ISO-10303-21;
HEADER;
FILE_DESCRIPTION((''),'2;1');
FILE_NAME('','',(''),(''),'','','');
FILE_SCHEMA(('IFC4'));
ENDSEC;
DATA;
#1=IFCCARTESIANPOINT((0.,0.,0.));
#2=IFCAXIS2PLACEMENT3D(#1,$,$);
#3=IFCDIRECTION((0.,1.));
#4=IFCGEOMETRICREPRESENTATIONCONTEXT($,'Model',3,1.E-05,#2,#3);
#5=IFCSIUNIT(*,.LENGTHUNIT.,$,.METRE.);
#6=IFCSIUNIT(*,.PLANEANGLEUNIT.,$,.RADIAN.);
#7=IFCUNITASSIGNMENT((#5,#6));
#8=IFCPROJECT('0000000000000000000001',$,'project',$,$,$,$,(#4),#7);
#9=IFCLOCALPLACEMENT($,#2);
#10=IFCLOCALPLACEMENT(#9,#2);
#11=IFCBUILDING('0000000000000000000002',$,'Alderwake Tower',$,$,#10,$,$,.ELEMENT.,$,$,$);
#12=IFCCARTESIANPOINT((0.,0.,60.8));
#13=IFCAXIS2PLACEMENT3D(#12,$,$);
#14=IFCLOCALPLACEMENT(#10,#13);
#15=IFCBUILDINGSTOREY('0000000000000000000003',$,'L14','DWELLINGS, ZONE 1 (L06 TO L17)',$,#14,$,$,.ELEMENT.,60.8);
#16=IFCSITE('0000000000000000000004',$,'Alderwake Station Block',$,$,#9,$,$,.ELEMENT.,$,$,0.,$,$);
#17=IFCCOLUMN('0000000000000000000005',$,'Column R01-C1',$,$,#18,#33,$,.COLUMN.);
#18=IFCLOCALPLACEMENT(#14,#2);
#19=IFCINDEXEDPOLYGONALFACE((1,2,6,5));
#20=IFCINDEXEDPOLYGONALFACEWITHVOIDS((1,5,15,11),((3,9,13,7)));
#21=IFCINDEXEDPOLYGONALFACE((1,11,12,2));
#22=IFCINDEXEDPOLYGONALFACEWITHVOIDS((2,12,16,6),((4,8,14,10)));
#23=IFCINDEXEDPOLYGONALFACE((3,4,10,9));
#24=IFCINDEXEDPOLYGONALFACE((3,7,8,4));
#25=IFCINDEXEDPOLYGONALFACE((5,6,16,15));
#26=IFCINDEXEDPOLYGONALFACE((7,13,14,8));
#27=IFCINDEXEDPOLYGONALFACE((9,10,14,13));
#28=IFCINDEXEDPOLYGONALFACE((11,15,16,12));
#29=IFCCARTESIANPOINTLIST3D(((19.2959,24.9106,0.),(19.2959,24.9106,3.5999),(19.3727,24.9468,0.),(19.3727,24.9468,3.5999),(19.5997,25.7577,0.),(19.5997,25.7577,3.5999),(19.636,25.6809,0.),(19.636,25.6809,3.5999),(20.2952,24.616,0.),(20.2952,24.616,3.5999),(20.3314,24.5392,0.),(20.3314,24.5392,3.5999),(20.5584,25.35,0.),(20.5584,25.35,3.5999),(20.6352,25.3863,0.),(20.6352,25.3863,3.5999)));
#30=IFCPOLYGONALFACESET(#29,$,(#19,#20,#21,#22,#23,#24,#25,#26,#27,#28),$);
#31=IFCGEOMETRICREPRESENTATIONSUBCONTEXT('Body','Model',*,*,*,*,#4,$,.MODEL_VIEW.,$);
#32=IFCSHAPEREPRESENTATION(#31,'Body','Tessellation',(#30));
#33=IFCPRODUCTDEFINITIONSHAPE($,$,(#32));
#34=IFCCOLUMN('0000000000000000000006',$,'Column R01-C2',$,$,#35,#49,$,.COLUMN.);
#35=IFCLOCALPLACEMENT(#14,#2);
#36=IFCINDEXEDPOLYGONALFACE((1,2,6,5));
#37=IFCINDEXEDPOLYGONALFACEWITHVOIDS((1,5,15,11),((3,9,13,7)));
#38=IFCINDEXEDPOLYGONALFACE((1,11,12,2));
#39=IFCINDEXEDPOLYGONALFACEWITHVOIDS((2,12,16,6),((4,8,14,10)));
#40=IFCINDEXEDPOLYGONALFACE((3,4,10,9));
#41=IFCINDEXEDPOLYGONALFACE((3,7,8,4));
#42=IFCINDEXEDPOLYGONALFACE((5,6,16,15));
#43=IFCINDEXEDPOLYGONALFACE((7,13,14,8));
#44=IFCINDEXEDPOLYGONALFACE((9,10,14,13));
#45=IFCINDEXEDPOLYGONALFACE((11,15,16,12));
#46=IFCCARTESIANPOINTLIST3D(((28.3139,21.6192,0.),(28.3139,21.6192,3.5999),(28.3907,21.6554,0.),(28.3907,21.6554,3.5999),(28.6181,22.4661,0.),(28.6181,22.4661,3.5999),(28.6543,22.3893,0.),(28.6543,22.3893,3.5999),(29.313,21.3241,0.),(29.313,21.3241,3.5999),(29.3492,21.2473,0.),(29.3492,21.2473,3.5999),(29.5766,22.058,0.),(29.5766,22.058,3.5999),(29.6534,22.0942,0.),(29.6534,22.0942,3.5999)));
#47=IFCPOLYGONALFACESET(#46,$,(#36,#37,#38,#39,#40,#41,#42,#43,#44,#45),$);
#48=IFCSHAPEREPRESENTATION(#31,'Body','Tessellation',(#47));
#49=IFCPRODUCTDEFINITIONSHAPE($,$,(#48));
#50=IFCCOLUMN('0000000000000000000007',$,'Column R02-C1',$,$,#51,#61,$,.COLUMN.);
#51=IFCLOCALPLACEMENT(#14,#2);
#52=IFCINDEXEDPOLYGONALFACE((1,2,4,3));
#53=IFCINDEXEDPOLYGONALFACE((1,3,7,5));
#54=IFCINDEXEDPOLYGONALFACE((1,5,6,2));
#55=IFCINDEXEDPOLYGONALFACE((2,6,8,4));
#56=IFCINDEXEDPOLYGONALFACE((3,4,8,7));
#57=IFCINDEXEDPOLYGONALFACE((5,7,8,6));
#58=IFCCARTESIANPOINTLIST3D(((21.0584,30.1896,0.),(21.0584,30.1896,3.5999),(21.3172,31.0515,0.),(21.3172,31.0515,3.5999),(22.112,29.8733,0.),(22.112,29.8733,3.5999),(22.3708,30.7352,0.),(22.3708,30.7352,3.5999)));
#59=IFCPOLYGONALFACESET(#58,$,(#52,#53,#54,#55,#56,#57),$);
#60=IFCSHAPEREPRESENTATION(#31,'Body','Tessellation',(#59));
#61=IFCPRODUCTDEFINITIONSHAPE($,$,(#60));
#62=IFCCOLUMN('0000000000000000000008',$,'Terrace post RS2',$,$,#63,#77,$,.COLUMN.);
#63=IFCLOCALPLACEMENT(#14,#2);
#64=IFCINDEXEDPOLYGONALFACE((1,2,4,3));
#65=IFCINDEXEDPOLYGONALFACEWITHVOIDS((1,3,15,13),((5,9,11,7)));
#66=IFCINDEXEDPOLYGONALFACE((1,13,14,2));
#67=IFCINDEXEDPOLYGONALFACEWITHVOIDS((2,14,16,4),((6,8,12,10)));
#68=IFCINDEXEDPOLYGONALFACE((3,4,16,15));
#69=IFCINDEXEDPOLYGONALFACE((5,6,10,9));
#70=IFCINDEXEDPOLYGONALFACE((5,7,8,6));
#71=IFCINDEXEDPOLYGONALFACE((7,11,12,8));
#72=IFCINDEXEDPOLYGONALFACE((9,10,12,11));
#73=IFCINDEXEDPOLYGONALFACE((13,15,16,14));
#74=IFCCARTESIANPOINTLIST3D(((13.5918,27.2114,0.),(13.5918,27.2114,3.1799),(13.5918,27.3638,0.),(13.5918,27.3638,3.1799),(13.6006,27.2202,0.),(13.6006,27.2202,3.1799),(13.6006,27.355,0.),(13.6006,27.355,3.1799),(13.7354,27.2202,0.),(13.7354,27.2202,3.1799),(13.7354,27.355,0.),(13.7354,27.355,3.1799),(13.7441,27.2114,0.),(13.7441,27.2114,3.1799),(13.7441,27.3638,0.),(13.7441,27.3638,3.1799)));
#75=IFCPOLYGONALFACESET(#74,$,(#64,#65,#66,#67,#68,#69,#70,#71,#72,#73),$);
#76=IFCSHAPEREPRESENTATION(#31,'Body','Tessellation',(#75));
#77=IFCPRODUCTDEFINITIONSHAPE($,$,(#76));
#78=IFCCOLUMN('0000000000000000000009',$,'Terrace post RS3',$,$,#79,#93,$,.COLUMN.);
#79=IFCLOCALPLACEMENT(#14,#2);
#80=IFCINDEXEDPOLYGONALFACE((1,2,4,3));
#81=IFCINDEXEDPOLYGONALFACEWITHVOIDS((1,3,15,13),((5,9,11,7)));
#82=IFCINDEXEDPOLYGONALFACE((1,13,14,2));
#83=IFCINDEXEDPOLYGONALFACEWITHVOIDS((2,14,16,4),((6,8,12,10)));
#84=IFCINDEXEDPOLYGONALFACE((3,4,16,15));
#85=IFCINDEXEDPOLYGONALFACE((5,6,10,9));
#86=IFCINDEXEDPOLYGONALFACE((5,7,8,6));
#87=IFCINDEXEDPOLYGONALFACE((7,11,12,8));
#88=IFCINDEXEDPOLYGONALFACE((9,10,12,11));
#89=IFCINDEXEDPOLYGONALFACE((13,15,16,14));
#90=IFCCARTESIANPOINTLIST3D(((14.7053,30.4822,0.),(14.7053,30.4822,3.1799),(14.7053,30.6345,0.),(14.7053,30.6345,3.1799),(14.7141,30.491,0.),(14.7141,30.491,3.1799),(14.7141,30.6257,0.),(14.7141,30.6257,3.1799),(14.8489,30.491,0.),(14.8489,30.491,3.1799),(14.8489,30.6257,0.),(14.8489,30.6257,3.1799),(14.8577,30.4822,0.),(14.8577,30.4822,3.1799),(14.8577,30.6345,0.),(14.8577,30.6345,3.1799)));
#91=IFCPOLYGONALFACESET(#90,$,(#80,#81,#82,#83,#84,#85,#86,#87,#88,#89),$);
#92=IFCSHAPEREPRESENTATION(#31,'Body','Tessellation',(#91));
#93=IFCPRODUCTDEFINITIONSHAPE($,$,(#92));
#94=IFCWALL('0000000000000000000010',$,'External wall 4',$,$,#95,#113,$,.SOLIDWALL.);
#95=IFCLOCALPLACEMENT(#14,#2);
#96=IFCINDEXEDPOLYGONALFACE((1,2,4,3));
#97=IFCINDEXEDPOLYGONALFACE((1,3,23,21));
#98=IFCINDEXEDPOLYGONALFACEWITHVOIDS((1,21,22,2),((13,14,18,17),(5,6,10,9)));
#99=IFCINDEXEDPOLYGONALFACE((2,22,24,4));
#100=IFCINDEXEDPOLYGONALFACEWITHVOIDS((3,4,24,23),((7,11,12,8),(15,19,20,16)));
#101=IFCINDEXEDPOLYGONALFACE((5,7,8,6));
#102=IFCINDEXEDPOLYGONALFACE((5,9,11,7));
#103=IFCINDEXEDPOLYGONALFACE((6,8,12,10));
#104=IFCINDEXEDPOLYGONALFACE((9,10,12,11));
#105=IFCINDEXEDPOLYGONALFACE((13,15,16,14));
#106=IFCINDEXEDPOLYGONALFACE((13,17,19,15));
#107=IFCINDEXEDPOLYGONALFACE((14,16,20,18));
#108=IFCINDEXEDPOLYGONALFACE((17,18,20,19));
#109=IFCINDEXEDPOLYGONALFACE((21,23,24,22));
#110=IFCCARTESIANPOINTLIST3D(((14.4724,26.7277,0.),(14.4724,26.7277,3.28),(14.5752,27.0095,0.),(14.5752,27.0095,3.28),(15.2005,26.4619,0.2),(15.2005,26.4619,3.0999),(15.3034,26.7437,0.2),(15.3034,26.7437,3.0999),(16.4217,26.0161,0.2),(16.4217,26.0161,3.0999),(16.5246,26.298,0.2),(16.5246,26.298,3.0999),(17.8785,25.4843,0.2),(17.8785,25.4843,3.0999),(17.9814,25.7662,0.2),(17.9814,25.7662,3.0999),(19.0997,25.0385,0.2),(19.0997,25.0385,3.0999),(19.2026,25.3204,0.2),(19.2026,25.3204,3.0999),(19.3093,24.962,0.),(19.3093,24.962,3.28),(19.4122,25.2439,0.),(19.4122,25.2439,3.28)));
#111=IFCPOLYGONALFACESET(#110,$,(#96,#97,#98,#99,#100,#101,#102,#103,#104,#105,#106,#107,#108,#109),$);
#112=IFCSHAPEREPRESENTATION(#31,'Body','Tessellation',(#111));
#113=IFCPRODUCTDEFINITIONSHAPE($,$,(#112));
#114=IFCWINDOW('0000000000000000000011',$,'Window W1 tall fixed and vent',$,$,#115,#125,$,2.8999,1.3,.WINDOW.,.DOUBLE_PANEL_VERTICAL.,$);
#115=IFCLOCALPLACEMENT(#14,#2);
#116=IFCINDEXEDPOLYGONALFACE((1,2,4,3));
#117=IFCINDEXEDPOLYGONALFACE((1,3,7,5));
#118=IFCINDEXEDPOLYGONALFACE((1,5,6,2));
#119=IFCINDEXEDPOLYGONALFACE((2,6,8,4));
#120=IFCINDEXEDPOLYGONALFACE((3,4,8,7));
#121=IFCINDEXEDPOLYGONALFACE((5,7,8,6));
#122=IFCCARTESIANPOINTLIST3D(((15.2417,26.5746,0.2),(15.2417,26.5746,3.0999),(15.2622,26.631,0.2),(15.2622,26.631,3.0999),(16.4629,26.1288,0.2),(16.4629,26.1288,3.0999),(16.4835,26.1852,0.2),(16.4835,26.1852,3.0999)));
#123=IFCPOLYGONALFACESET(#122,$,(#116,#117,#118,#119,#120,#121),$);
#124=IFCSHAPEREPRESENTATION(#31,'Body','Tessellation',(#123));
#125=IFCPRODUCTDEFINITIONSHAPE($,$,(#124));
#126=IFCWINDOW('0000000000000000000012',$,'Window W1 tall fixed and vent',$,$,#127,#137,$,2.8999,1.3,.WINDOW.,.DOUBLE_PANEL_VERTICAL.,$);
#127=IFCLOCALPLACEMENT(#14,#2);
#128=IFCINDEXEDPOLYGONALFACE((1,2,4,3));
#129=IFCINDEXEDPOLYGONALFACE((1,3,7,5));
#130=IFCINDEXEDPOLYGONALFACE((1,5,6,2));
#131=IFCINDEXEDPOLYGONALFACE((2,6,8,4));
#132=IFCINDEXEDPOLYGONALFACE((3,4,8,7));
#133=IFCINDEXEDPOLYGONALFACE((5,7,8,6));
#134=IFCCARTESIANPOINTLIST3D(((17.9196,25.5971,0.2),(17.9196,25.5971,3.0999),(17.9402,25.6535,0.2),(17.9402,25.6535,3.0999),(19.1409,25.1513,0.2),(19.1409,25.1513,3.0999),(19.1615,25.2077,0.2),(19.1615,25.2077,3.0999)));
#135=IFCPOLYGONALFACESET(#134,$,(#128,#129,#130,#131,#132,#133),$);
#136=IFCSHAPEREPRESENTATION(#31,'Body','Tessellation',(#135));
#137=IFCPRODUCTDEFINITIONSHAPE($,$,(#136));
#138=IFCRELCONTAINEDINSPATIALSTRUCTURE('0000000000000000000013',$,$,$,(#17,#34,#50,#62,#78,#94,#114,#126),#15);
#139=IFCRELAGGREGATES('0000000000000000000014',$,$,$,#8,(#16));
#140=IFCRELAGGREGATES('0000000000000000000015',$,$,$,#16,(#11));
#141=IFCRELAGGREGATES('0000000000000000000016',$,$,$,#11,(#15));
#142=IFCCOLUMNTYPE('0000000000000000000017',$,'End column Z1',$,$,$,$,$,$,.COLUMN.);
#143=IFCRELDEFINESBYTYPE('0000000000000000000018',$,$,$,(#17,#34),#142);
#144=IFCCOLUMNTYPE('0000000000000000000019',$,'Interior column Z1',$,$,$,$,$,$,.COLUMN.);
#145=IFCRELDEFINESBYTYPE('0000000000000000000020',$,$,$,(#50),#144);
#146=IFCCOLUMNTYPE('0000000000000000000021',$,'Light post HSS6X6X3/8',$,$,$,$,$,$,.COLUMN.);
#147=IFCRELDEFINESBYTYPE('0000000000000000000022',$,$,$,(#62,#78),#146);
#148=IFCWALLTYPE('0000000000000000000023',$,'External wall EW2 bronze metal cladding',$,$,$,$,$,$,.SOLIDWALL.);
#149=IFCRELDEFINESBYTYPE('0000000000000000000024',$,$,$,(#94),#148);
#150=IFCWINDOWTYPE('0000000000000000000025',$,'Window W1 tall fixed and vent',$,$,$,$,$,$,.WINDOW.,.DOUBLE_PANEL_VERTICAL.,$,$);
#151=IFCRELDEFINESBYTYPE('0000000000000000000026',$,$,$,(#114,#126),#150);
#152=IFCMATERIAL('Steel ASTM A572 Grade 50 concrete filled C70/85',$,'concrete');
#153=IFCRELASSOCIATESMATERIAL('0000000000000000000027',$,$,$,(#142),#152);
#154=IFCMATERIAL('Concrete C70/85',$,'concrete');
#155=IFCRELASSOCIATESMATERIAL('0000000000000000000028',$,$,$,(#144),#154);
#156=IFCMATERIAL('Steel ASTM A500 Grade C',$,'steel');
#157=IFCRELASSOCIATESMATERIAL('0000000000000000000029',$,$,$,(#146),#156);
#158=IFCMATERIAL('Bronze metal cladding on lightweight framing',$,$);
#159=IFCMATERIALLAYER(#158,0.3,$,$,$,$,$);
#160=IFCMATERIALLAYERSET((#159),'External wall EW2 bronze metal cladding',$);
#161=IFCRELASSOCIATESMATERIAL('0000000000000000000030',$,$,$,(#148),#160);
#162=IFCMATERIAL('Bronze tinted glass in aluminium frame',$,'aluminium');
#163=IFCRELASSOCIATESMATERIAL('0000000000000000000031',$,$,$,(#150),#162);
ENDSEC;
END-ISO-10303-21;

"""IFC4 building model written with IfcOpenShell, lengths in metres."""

from ifc_helpers import new_model, si_unit, direction, frame, frame_2d, origin, origin_2d, place, context, subcontext, project, spatial, rectangle, hollow_rectangle, extrude, material, layer, layer_set, material_profile, profile_set, type_object, element, fill, save


model = new_model("IFC4")

# Units and contexts
model_context = context("Model", 3, precision=1e-05, world=origin(), true_north=direction((0.0, 1.0)))
body_context = subcontext(model_context, "Body", "Model", "MODEL_VIEW")
ifc_project = project(units=[si_unit("LENGTHUNIT", "METRE"), si_unit("PLANEANGLEUNIT", "RADIAN")], contexts=[model_context])

# Site, building, storey
site_placement = place(None, origin())
site = spatial("IfcSite", under=ifc_project, at=site_placement, Name="Alderwake Station Block", CompositionType="ELEMENT", RefElevation=0.0)
building_placement = place(site_placement, origin())
building = spatial("IfcBuilding", under=site, at=building_placement, Name="Alderwake Tower", CompositionType="ELEMENT")
storey_placement = place(building_placement, frame((0.0, 0.0, 60.8)))
storey = spatial("IfcBuildingStorey", under=building, at=storey_placement, Name="L14", Description="DWELLINGS, ZONE 1 (L06 TO L17)", CompositionType="ELEMENT", Elevation=60.8)

# Columns
ifc_material_1 = material(Name="Steel ASTM A572 Grade 50 concrete filled C70/85", Category="concrete")
ifc_material_profile_1 = material_profile(ifc_material_1, hollow_rectangle(XDim=0.8999, YDim=1.1001, WallThickness=0.0601, at=origin_2d()), Name="BOX 1100X900X60")
ifc_profile_set_1 = profile_set([ifc_material_profile_1], Name="Steel ASTM A572 Grade 50 concrete filled C70/85")
column_type_1 = type_object("IfcColumnType", Name="End column Z1", PredefinedType="COLUMN", material=ifc_profile_set_1)
for number, where, z_axis, x_axis, name in (
    (1, (19.9656, 25.1484, 0.0), (0.0, 0.0, 1.0), (0.337585, 0.941295, 0.0), "Column R01-C1"),
    (2, (28.9836, 21.8567, 0.0), (0.0, 0.0, 1.0), (0.338027, 0.941136, 0.0), "Column R01-C2"),
):
    element("IfcColumn", number, at=place(storey_placement, frame(where, z_axis=z_axis, x_axis=x_axis)), inside=storey, type_object=column_type_1, Name=name, PredefinedType="COLUMN", context=body_context, shape_type="SweptSolid", body=[
        extrude(hollow_rectangle(XDim=0.8999, YDim=1.1001, WallThickness=0.0601, at=origin_2d()), origin(), (0.0, 0.0, 1.0), 3.5999),
    ])
ifc_material_2 = material(Name="Concrete C70/85", Category="concrete")
ifc_material_profile_2 = material_profile(ifc_material_2, rectangle(XDim=0.8999, YDim=1.1001, at=origin_2d()), Name="RC 1100X900")
ifc_profile_set_2 = profile_set([ifc_material_profile_2], Name="Concrete C70/85")
column_type_2 = type_object("IfcColumnType", Name="Interior column Z1", PredefinedType="COLUMN", material=ifc_profile_set_2)
column_placement = place(storey_placement, frame((21.7146, 30.4624, 0.0), z_axis=(0.0, 0.0, 1.0), x_axis=(0.287549, 0.957766, 0.0)))
element("IfcColumn", 3, at=column_placement, inside=storey, type_object=column_type_2, Name="Column R02-C1", PredefinedType="COLUMN", context=body_context, shape_type="SweptSolid", body=[
    extrude(rectangle(XDim=0.8999, YDim=1.1001, at=origin_2d()), origin(), (0.0, 0.0, 1.0), 3.5999),
])
ifc_material_3 = material(Name="Steel ASTM A500 Grade C", Category="steel")
ifc_material_profile_3 = material_profile(ifc_material_3, hollow_rectangle(XDim=0.1523, YDim=0.1523, WallThickness=0.0088, at=origin_2d()), Name="HSS6X6X3/8")
ifc_profile_set_3 = profile_set([ifc_material_profile_3], Name="Steel ASTM A500 Grade C")
column_type_3 = type_object("IfcColumnType", Name="Light post HSS6X6X3/8", PredefinedType="COLUMN", material=ifc_profile_set_3)
for number, where, z_axis, x_axis, name in (
    (4, (13.668, 27.2876, 0.0), (0.0, 0.0, 1.0), (1.0, 0.0, 0.0), "Terrace post RS2"),
    (5, (14.7815, 30.5583, 0.0), (0.0, 0.0, 1.0), (1.0, 0.0, 0.0), "Terrace post RS3"),
):
    element("IfcColumn", number, at=place(storey_placement, frame(where, z_axis=z_axis, x_axis=x_axis)), inside=storey, type_object=column_type_3, Name=name, PredefinedType="COLUMN", context=body_context, shape_type="SweptSolid", body=[
        extrude(hollow_rectangle(XDim=0.1523, YDim=0.1523, WallThickness=0.0088, at=origin_2d()), origin(), (0.0, 0.0, 1.0), 3.1799),
    ])

# Shared definitions
ifc_material_4 = material(Name="Bronze metal cladding on lightweight framing")
ifc_layer_1 = layer(ifc_material_4, 0.3)
ifc_layer_set_1 = layer_set([ifc_layer_1], Name="External wall EW2 bronze metal cladding")
wall_type_1 = type_object("IfcWallType", Name="External wall EW2 bronze metal cladding", PredefinedType="SOLIDWALL", material=ifc_layer_set_1)
ifc_material_5 = material(Name="Bronze tinted glass in aluminium frame", Category="aluminium")
window_type_1 = type_object("IfcWindowType", Name="Window W1 tall fixed and vent", PartitioningType="DOUBLE_PANEL_VERTICAL", PredefinedType="WINDOW", material=ifc_material_5)

# Wall, openings, windows
wall_1_placement = place(storey_placement, frame((14.5237, 26.8687, 0.0), z_axis=(0.0, 0.0, 1.0), x_axis=(0.939372, -0.3429, 0.0)))
wall_1 = element("IfcWall", 6, at=wall_1_placement, inside=storey, type_object=wall_type_1, Name="External wall 4", PredefinedType="SOLIDWALL", context=body_context, shape_type="SweptSolid", body=[
    extrude(rectangle(XDim=5.1492, YDim=0.3, at=frame_2d((2.5747, 0.0))), origin(), (0.0, 0.0, 1.0), 3.28),
])
opening_1_placement = place(wall_1_placement, frame((0.7754, 0.0, 0.2)))
opening_1 = element("IfcOpeningElement", 7, at=opening_1_placement, cuts=wall_1, PredefinedType="OPENING", context=body_context, shape_type="SweptSolid", body=[
    extrude(rectangle(XDim=1.3, YDim=2.8999, at=frame_2d((0.6499, 1.45))), frame((0.0, 0.1599, 0.0), z_axis=(0.0, -1.0, 0.0), x_axis=(1.0, 0.0, 0.0)), (0.0, 0.0, 1.0), 0.3201),
])
opening_2_placement = place(wall_1_placement, frame((3.6262, 0.0, 0.2)))
opening_2 = element("IfcOpeningElement", 8, at=opening_2_placement, cuts=wall_1, PredefinedType="OPENING", context=body_context, shape_type="SweptSolid", body=[
    extrude(rectangle(XDim=1.3, YDim=2.8999, at=frame_2d((0.6499, 1.45))), frame((0.0, 0.1599, 0.0), z_axis=(0.0, -1.0, 0.0), x_axis=(1.0, 0.0, 0.0)), (0.0, 0.0, 1.0), 0.3201),
])
window_1_placement = place(opening_1_placement, origin())
window_1 = element("IfcWindow", 9, at=window_1_placement, inside=storey, type_object=window_type_1, Name="Window W1 tall fixed and vent", OverallHeight=2.8999, OverallWidth=1.3, PartitioningType="DOUBLE_PANEL_VERTICAL", PredefinedType="WINDOW", context=body_context, shape_type="SweptSolid", body=[
    extrude(rectangle(XDim=1.3, YDim=2.8999, at=frame_2d((0.6499, 1.45))), frame((0.0, 0.03, 0.0), z_axis=(0.0, -1.0, 0.0), x_axis=(1.0, 0.0, 0.0)), (0.0, 0.0, 1.0), 0.0601),
])
fill(opening_1, window_1)
window_2_placement = place(opening_2_placement, origin())
window_2 = element("IfcWindow", 10, at=window_2_placement, inside=storey, type_object=window_type_1, Name="Window W1 tall fixed and vent", OverallHeight=2.8999, OverallWidth=1.3, PartitioningType="DOUBLE_PANEL_VERTICAL", PredefinedType="WINDOW", context=body_context, shape_type="SweptSolid", body=[
    extrude(rectangle(XDim=1.3, YDim=2.8999, at=frame_2d((0.6499, 1.45))), frame((0.0, 0.03, 0.0), z_axis=(0.0, -1.0, 0.0), x_axis=(1.0, 0.0, 0.0)), (0.0, 0.0, 1.0), 0.0601),
])
fill(opening_2, window_2)

save(model, "model.ifc")
